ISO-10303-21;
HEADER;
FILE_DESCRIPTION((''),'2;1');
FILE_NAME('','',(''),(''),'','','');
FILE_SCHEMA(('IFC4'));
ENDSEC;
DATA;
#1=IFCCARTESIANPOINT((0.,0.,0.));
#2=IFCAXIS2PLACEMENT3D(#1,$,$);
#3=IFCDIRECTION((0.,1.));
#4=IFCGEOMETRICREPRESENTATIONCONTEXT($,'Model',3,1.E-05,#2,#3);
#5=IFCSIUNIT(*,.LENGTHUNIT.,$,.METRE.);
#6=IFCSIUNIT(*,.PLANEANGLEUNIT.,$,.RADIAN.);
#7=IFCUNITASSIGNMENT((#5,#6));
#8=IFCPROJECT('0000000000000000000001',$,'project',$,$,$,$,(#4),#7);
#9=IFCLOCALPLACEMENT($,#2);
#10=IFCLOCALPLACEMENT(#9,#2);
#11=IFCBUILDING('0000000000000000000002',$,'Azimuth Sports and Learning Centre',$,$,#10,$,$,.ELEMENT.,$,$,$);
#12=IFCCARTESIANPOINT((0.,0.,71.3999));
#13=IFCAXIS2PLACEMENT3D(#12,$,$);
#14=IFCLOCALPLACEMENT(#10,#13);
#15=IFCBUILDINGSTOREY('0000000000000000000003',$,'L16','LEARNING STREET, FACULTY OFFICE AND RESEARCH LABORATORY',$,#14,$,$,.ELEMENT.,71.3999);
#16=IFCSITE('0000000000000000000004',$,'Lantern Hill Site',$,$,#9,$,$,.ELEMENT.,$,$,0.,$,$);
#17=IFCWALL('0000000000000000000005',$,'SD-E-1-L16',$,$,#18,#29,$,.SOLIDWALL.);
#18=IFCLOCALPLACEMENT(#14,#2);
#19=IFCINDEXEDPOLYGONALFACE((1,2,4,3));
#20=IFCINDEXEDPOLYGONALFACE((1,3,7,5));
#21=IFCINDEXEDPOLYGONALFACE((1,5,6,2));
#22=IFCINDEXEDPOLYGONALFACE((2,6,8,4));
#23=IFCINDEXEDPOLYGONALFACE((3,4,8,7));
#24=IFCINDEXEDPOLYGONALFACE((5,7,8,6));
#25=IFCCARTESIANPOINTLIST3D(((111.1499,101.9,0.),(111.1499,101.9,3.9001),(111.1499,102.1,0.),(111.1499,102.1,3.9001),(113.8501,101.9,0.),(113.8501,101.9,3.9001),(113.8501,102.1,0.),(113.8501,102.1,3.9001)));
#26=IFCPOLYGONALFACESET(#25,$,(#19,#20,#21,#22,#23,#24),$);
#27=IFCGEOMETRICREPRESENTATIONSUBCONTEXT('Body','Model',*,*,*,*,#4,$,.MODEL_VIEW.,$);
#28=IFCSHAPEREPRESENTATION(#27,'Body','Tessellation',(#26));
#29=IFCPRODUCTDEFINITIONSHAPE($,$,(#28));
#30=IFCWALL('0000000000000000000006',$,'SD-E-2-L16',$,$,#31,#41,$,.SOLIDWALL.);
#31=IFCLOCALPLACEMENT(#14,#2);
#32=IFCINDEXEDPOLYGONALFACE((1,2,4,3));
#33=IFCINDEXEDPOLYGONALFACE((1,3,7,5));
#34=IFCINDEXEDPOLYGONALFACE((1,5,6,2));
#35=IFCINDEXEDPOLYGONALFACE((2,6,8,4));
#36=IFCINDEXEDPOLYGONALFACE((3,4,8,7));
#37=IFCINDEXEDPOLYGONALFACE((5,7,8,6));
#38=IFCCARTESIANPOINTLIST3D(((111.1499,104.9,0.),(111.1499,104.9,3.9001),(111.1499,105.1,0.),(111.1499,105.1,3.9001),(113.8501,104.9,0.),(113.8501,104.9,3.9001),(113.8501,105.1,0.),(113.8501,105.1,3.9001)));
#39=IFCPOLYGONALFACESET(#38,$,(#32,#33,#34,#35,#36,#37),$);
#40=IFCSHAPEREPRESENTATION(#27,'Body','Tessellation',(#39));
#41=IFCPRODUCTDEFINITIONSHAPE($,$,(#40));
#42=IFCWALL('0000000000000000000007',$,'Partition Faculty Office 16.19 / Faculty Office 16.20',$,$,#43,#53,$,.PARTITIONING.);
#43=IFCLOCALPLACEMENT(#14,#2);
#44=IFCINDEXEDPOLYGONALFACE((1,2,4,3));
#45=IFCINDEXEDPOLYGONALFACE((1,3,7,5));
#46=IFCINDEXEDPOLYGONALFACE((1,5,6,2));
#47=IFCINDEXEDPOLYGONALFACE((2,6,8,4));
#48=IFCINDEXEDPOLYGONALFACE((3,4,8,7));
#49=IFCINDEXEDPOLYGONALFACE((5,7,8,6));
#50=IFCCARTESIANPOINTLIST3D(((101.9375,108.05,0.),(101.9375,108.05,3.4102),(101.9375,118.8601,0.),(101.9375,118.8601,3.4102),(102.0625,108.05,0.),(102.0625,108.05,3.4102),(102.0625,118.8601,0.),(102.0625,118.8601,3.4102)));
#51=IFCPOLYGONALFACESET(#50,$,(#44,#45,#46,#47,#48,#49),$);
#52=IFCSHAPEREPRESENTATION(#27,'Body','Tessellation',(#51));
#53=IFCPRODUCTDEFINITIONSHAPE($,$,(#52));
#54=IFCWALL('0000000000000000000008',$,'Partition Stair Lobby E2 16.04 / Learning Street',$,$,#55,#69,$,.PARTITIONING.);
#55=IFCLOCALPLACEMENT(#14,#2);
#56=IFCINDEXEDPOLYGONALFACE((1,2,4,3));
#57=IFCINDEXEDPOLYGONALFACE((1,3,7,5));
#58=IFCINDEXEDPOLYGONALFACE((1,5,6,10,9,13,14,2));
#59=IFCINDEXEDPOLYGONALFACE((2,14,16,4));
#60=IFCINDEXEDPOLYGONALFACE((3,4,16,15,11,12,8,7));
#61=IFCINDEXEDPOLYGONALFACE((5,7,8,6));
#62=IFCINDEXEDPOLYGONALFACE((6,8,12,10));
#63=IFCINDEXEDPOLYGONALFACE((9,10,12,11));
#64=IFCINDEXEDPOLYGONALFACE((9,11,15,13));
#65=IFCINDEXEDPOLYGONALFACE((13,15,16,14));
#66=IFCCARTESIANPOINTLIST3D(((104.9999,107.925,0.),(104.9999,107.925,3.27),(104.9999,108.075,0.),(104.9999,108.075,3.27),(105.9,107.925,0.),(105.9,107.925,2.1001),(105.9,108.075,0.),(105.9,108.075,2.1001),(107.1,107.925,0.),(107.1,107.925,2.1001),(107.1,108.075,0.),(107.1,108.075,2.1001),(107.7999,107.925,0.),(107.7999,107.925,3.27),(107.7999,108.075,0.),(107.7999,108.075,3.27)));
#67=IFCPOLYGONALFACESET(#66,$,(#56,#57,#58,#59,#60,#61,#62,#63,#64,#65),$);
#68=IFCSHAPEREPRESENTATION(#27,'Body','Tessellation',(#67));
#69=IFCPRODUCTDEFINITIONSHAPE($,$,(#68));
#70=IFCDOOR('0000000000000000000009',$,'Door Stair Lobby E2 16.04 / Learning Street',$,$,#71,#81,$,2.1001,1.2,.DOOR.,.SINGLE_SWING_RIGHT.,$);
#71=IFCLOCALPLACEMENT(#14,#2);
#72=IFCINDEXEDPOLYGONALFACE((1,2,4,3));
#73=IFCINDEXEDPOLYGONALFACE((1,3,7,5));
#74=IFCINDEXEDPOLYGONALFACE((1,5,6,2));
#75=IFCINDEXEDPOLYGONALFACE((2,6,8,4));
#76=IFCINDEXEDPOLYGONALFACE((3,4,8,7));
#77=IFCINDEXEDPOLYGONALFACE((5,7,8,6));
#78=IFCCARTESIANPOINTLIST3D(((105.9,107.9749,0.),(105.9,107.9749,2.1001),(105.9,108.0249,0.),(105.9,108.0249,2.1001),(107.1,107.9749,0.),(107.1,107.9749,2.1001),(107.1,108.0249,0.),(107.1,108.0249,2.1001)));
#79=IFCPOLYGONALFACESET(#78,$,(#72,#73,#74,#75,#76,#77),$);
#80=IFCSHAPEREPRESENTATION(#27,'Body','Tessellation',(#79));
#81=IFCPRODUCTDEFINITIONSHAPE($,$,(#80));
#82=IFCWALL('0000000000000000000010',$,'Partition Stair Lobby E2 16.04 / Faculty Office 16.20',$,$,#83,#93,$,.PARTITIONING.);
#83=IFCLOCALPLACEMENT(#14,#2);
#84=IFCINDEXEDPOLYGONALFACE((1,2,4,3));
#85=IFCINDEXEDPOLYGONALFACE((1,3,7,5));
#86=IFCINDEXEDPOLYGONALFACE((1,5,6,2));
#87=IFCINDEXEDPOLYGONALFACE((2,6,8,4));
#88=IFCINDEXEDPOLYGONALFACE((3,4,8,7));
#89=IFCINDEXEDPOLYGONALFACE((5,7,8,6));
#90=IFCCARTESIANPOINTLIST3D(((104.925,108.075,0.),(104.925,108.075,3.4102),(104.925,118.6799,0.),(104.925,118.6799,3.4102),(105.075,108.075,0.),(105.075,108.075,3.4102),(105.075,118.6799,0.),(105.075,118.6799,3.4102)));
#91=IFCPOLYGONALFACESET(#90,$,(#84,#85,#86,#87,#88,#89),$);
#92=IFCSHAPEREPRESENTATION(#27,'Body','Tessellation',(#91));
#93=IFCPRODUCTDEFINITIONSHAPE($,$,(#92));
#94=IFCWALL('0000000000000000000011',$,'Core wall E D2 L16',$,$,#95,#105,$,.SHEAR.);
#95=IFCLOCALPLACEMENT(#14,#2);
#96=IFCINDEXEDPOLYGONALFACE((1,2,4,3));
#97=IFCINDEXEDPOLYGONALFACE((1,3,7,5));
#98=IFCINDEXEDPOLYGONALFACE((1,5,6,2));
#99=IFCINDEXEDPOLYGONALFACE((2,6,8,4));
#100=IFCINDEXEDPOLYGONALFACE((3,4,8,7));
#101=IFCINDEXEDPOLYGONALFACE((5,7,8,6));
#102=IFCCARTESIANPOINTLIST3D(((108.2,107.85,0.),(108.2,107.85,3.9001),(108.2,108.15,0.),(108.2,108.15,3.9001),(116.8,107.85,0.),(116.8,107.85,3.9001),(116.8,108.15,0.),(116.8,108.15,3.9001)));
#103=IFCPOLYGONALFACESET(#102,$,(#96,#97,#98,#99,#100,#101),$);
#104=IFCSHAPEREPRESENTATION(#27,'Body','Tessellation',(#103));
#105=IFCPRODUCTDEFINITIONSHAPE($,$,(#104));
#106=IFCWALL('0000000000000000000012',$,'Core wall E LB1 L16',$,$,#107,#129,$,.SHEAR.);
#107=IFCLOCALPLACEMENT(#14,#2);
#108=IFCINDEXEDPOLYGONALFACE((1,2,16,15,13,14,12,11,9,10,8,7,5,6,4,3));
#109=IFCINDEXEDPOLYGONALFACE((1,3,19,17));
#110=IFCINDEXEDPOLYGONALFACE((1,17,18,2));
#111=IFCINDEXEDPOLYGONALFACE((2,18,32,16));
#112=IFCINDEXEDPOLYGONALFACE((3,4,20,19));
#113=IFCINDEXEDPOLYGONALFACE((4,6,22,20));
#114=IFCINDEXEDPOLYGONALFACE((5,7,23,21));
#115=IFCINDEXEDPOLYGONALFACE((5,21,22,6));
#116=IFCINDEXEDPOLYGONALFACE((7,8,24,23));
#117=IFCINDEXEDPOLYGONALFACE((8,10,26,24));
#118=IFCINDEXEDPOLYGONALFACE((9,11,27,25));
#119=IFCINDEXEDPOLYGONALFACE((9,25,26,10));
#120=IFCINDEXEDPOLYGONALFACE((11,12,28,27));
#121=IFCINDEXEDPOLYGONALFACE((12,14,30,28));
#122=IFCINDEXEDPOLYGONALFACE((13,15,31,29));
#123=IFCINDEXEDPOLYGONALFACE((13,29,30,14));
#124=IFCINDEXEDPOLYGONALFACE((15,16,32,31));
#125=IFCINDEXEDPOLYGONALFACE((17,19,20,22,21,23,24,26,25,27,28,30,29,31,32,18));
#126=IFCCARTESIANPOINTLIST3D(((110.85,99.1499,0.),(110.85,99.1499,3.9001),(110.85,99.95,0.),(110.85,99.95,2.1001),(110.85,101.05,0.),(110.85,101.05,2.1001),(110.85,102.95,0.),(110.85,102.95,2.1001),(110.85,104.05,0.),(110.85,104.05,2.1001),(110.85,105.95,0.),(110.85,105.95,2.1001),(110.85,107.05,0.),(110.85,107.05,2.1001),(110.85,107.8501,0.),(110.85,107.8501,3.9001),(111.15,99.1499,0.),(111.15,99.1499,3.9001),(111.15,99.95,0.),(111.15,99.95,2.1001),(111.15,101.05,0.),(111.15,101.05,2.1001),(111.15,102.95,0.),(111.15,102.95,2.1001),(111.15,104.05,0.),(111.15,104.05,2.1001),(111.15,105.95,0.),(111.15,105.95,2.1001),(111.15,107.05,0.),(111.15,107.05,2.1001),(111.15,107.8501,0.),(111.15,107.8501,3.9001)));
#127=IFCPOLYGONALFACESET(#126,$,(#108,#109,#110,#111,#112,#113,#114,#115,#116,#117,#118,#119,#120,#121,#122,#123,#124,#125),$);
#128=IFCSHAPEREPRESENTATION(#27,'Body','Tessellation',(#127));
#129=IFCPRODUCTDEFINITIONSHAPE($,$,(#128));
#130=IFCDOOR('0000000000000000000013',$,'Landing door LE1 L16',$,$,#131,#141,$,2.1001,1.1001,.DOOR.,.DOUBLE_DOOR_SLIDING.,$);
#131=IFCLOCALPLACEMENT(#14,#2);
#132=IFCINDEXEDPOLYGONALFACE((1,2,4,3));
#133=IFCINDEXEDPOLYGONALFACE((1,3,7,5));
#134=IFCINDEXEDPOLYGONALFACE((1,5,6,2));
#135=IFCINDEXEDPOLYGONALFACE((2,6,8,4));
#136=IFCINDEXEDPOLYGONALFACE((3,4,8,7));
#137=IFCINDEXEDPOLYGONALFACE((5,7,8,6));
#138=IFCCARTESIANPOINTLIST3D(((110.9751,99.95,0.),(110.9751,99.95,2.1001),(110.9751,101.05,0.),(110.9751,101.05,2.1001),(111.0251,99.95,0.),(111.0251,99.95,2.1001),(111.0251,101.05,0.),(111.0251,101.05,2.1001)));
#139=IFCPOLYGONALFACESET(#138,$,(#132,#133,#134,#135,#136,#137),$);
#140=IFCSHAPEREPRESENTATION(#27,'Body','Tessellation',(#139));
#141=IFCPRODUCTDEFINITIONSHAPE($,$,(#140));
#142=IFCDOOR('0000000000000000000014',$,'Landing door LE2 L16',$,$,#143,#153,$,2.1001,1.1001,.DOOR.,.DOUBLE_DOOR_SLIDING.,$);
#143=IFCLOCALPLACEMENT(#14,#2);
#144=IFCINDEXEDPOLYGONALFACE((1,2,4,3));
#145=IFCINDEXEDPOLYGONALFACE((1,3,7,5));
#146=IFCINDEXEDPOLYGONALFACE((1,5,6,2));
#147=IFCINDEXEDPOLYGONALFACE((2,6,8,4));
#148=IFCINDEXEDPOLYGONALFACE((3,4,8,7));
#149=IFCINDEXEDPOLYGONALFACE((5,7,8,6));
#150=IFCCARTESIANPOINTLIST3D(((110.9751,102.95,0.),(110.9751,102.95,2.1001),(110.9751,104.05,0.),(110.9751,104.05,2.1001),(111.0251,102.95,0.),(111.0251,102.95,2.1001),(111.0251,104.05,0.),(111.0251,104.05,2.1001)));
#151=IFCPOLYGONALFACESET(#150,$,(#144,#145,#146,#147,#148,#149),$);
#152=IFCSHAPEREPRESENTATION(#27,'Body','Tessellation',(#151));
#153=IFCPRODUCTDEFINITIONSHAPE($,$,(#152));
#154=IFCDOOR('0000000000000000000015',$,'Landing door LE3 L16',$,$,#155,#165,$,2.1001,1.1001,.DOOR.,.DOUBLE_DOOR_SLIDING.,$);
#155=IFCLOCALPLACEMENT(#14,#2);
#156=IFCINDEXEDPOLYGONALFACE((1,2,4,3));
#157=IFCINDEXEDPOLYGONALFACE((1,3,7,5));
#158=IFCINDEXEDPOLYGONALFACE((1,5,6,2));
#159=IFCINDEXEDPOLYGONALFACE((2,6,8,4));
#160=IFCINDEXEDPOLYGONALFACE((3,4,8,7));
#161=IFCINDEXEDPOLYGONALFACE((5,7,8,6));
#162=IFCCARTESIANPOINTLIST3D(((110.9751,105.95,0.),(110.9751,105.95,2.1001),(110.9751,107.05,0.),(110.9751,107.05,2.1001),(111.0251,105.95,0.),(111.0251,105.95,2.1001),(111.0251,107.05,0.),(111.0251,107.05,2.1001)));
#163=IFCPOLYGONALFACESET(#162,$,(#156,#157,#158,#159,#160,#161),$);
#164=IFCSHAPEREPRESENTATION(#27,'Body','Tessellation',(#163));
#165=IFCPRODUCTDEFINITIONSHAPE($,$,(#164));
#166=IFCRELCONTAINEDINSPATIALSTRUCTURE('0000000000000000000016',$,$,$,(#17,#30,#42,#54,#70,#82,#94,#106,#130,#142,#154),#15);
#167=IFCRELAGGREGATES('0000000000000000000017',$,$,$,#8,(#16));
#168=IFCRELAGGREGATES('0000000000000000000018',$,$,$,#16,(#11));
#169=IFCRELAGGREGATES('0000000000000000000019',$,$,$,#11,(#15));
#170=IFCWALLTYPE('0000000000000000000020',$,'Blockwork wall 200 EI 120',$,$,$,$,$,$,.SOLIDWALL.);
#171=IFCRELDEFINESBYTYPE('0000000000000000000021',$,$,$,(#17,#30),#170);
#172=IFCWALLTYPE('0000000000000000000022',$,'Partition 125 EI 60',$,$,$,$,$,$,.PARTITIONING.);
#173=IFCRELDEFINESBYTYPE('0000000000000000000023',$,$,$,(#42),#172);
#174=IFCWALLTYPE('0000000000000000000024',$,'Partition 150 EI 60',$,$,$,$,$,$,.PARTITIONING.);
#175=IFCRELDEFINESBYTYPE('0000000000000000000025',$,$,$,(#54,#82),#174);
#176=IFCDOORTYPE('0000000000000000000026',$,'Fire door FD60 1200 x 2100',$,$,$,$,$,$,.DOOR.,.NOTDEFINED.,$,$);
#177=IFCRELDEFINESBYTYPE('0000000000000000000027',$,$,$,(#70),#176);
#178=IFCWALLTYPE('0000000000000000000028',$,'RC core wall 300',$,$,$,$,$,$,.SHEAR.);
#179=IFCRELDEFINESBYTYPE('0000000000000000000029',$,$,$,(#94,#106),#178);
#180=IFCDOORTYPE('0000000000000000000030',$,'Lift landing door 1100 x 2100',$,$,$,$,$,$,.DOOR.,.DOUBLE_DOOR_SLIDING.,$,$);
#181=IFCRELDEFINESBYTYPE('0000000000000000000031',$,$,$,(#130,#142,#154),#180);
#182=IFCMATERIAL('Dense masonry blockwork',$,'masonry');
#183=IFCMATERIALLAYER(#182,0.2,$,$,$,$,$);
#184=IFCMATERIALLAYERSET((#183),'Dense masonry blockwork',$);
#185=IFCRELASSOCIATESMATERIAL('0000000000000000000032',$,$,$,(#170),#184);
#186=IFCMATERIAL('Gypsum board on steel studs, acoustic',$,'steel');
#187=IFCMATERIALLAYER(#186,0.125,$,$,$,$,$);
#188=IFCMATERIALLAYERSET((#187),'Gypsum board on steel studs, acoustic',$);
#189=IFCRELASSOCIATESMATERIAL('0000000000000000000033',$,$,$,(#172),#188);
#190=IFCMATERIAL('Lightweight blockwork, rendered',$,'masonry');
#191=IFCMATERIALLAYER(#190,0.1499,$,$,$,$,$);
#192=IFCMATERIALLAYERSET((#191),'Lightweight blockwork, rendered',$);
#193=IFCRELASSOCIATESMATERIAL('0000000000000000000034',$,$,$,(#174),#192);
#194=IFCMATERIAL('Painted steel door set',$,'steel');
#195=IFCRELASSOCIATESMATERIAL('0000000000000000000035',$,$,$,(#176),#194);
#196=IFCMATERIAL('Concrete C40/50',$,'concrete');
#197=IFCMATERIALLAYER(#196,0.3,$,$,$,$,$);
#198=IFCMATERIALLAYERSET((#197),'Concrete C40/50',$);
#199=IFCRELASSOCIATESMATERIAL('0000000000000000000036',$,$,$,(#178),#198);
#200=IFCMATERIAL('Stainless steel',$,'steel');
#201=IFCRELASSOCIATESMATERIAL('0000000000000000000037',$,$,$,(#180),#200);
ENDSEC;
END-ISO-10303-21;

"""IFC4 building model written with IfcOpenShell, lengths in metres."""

from ifc_helpers import new_model, si_unit, direction, frame, frame_2d, origin, place, context, subcontext, project, spatial, rectangle, extrude, material, layer, layer_set, type_object, element, fill, save


model = new_model("IFC4")

# Units and contexts
model_context = context("Model", 3, precision=1e-05, world=origin(), true_north=direction((0.0, 1.0)))
body_context = subcontext(model_context, "Body", "Model", "MODEL_VIEW")
ifc_project = project(units=[si_unit("LENGTHUNIT", "METRE"), si_unit("PLANEANGLEUNIT", "RADIAN")], contexts=[model_context])

# Site, building, storey
site_placement = place(None, origin())
site = spatial("IfcSite", under=ifc_project, at=site_placement, Name="Lantern Hill Site", CompositionType="ELEMENT", RefElevation=0.0)
building_placement = place(site_placement, origin())
building = spatial("IfcBuilding", under=site, at=building_placement, Name="Azimuth Sports and Learning Centre", CompositionType="ELEMENT")
storey_placement = place(building_placement, frame((0.0, 0.0, 71.3999)))
storey = spatial("IfcBuildingStorey", under=building, at=storey_placement, Name="L16", Description="LEARNING STREET, FACULTY OFFICE AND RESEARCH LABORATORY", CompositionType="ELEMENT", Elevation=71.3999)

# Walls
ifc_material_1 = material(Name="Dense masonry blockwork", Category="masonry")
ifc_layer_1 = layer(ifc_material_1, 0.2)
ifc_layer_set_1 = layer_set([ifc_layer_1], Name="Dense masonry blockwork")
wall_type_1 = type_object("IfcWallType", Name="Blockwork wall 200 EI 120", PredefinedType="SOLIDWALL", material=ifc_layer_set_1)
for number, where, z_axis, x_axis, name in (
    (1, (111.1499, 102.0, 0.0), (0.0, 0.0, 1.0), (1.0, 0.0, 0.0), "SD-E-1-L16"),
    (2, (111.1499, 105.0, 0.0), (0.0, 0.0, 1.0), (1.0, 0.0, 0.0), "SD-E-2-L16"),
):
    element("IfcWall", number, at=place(storey_placement, frame(where, z_axis=z_axis, x_axis=x_axis)), inside=storey, type_object=wall_type_1, Name=name, PredefinedType="SOLIDWALL", context=body_context, shape_type="SweptSolid", body=[
        extrude(rectangle(XDim=2.7002, YDim=0.2, at=frame_2d((1.3501, 0.0))), origin(), (0.0, 0.0, 1.0), 3.9001),
    ])
ifc_material_2 = material(Name="Gypsum board on steel studs, acoustic", Category="steel")
ifc_layer_2 = layer(ifc_material_2, 0.125)
ifc_layer_set_2 = layer_set([ifc_layer_2], Name="Gypsum board on steel studs, acoustic")
wall_type_2 = type_object("IfcWallType", Name="Partition 125 EI 60", PredefinedType="PARTITIONING", material=ifc_layer_set_2)
wall_1_placement = place(storey_placement, frame((102.0, 108.05, 0.0), z_axis=(0.0, 0.0, 1.0), x_axis=(0.0, 1.0, 0.0)))
element("IfcWall", 3, at=wall_1_placement, inside=storey, type_object=wall_type_2, Name="Partition Faculty Office 16.19 / Faculty Office 16.20", PredefinedType="PARTITIONING", context=body_context, shape_type="SweptSolid", body=[
    extrude(rectangle(XDim=10.8101, YDim=0.125, at=frame_2d((5.405, 0.0))), origin(), (0.0, 0.0, 1.0), 3.4102),
])

# Wall, opening, door
ifc_material_3 = material(Name="Lightweight blockwork, rendered", Category="masonry")
ifc_layer_3 = layer(ifc_material_3, 0.1499)
ifc_layer_set_3 = layer_set([ifc_layer_3], Name="Lightweight blockwork, rendered")
wall_type_3 = type_object("IfcWallType", Name="Partition 150 EI 60", PredefinedType="PARTITIONING", material=ifc_layer_set_3)
wall_2_placement = place(storey_placement, frame((105.0, 108.0, 0.0), z_axis=(0.0, 0.0, 1.0), x_axis=(1.0, 0.0, 0.0)))
wall_2 = element("IfcWall", 4, at=wall_2_placement, inside=storey, type_object=wall_type_3, Name="Partition Stair Lobby E2 16.04 / Learning Street", PredefinedType="PARTITIONING", context=body_context, shape_type="SweptSolid", body=[
    extrude(rectangle(XDim=2.8, YDim=0.1499, at=frame_2d((1.3999, 0.0))), origin(), (0.0, 0.0, 1.0), 3.27),
])
opening_1_placement = place(wall_2_placement, frame((0.8999, 0.0, 0.0)))
opening_1 = element("IfcOpeningElement", 5, at=opening_1_placement, cuts=wall_2, PredefinedType="OPENING", context=body_context, shape_type="SweptSolid", body=[
    extrude(rectangle(XDim=1.2, YDim=2.1001, at=frame_2d((0.6001, 1.05))), frame((0.0, 0.0859, 0.0), z_axis=(0.0, -1.0, 0.0), x_axis=(1.0, 0.0, 0.0)), (0.0, 0.0, 1.0), 0.1719),
])
ifc_material_4 = material(Name="Painted steel door set", Category="steel")
door_type_1 = type_object("IfcDoorType", Name="Fire door FD60 1200 x 2100", OperationType="NOTDEFINED", PredefinedType="DOOR", material=ifc_material_4)
door_1_placement = place(opening_1_placement, origin())
door_1 = element("IfcDoor", 6, at=door_1_placement, inside=storey, type_object=door_type_1, Name="Door Stair Lobby E2 16.04 / Learning Street", OperationType="SINGLE_SWING_RIGHT", OverallHeight=2.1001, OverallWidth=1.2, PredefinedType="DOOR", context=body_context, shape_type="SweptSolid", body=[
    extrude(rectangle(XDim=1.2, YDim=2.1001, at=frame_2d((0.6001, 1.05))), frame((0.0, 0.0249, 0.0), z_axis=(0.0, -1.0, 0.0), x_axis=(1.0, 0.0, 0.0)), (0.0, 0.0, 1.0), 0.05),
])
fill(opening_1, door_1)

# Walls
wall_3_placement = place(storey_placement, frame((105.0, 108.075, 0.0), z_axis=(0.0, 0.0, 1.0), x_axis=(0.0, 1.0, 0.0)))
element("IfcWall", 7, at=wall_3_placement, inside=storey, type_object=wall_type_3, Name="Partition Stair Lobby E2 16.04 / Faculty Office 16.20", PredefinedType="PARTITIONING", context=body_context, shape_type="SweptSolid", body=[
    extrude(rectangle(XDim=10.605, YDim=0.1499, at=frame_2d((5.3025, 0.0))), origin(), (0.0, 0.0, 1.0), 3.4102),
])
ifc_material_5 = material(Name="Concrete C40/50", Category="concrete")
ifc_layer_4 = layer(ifc_material_5, 0.3)
ifc_layer_set_4 = layer_set([ifc_layer_4], Name="Concrete C40/50")
wall_type_4 = type_object("IfcWallType", Name="RC core wall 300", PredefinedType="SHEAR", material=ifc_layer_set_4)
wall_4_placement = place(storey_placement, frame((108.2, 108.0, 0.0), z_axis=(0.0, 0.0, 1.0), x_axis=(1.0, 0.0, 0.0)))
element("IfcWall", 8, at=wall_4_placement, inside=storey, type_object=wall_type_4, Name="Core wall E D2 L16", PredefinedType="SHEAR", context=body_context, shape_type="SweptSolid", body=[
    extrude(rectangle(XDim=8.6001, YDim=0.3, at=frame_2d((4.3, 0.0))), origin(), (0.0, 0.0, 1.0), 3.9001),
])

# Wall, openings, doors
wall_5_placement = place(storey_placement, frame((111.0, 99.1499, 0.0), z_axis=(0.0, 0.0, 1.0), x_axis=(0.0, 1.0, 0.0)))
wall_5 = element("IfcWall", 9, at=wall_5_placement, inside=storey, type_object=wall_type_4, Name="Core wall E LB1 L16", PredefinedType="SHEAR", context=body_context, shape_type="SweptSolid", body=[
    extrude(rectangle(XDim=8.7002, YDim=0.3, at=frame_2d((4.3501, 0.0))), origin(), (0.0, 0.0, 1.0), 3.9001),
])
opening_2_placement = place(wall_5_placement, frame((0.8, 0.0, 0.0)))
opening_2 = element("IfcOpeningElement", 10, at=opening_2_placement, cuts=wall_5, PredefinedType="OPENING", context=body_context, shape_type="SweptSolid", body=[
    extrude(rectangle(XDim=1.1001, YDim=2.1001, at=frame_2d((0.55, 1.05))), frame((0.0, 0.1611, 0.0), z_axis=(0.0, -1.0, 0.0), x_axis=(1.0, 0.0, 0.0)), (0.0, 0.0, 1.0), 0.322),
])
opening_3_placement = place(wall_5_placement, frame((3.8, 0.0, 0.0)))
opening_3 = element("IfcOpeningElement", 11, at=opening_3_placement, cuts=wall_5, PredefinedType="OPENING", context=body_context, shape_type="SweptSolid", body=[
    extrude(rectangle(XDim=1.1001, YDim=2.1001, at=frame_2d((0.55, 1.05))), frame((0.0, 0.1611, 0.0), z_axis=(0.0, -1.0, 0.0), x_axis=(1.0, 0.0, 0.0)), (0.0, 0.0, 1.0), 0.322),
])
opening_4_placement = place(wall_5_placement, frame((6.8, 0.0, 0.0)))
opening_4 = element("IfcOpeningElement", 12, at=opening_4_placement, cuts=wall_5, PredefinedType="OPENING", context=body_context, shape_type="SweptSolid", body=[
    extrude(rectangle(XDim=1.1001, YDim=2.1001, at=frame_2d((0.55, 1.05))), frame((0.0, 0.1611, 0.0), z_axis=(0.0, -1.0, 0.0), x_axis=(1.0, 0.0, 0.0)), (0.0, 0.0, 1.0), 0.322),
])
ifc_material_6 = material(Name="Stainless steel", Category="steel")
door_type_2 = type_object("IfcDoorType", Name="Lift landing door 1100 x 2100", OperationType="DOUBLE_DOOR_SLIDING", PredefinedType="DOOR", material=ifc_material_6)
door_2_placement = place(opening_2_placement, origin())
door_2 = element("IfcDoor", 13, at=door_2_placement, inside=storey, type_object=door_type_2, Name="Landing door LE1 L16", OperationType="DOUBLE_DOOR_SLIDING", OverallHeight=2.1001, OverallWidth=1.1001, PredefinedType="DOOR", context=body_context, shape_type="SweptSolid", body=[
    extrude(rectangle(XDim=1.1001, YDim=2.1001, at=frame_2d((0.55, 1.05))), frame((0.0, 0.0249, 0.0), z_axis=(0.0, -1.0, 0.0), x_axis=(1.0, 0.0, 0.0)), (0.0, 0.0, 1.0), 0.05),
])
fill(opening_2, door_2)
door_3_placement = place(opening_3_placement, origin())
door_3 = element("IfcDoor", 14, at=door_3_placement, inside=storey, type_object=door_type_2, Name="Landing door LE2 L16", OperationType="DOUBLE_DOOR_SLIDING", OverallHeight=2.1001, OverallWidth=1.1001, PredefinedType="DOOR", context=body_context, shape_type="SweptSolid", body=[
    extrude(rectangle(XDim=1.1001, YDim=2.1001, at=frame_2d((0.55, 1.05))), frame((0.0, 0.0249, 0.0), z_axis=(0.0, -1.0, 0.0), x_axis=(1.0, 0.0, 0.0)), (0.0, 0.0, 1.0), 0.05),
])
fill(opening_3, door_3)
door_4_placement = place(opening_4_placement, origin())
door_4 = element("IfcDoor", 15, at=door_4_placement, inside=storey, type_object=door_type_2, Name="Landing door LE3 L16", OperationType="DOUBLE_DOOR_SLIDING", OverallHeight=2.1001, OverallWidth=1.1001, PredefinedType="DOOR", context=body_context, shape_type="SweptSolid", body=[
    extrude(rectangle(XDim=1.1001, YDim=2.1001, at=frame_2d((0.55, 1.05))), frame((0.0, 0.0249, 0.0), z_axis=(0.0, -1.0, 0.0), x_axis=(1.0, 0.0, 0.0)), (0.0, 0.0, 1.0), 0.05),
])
fill(opening_4, door_4)

save(model, "model.ifc")
